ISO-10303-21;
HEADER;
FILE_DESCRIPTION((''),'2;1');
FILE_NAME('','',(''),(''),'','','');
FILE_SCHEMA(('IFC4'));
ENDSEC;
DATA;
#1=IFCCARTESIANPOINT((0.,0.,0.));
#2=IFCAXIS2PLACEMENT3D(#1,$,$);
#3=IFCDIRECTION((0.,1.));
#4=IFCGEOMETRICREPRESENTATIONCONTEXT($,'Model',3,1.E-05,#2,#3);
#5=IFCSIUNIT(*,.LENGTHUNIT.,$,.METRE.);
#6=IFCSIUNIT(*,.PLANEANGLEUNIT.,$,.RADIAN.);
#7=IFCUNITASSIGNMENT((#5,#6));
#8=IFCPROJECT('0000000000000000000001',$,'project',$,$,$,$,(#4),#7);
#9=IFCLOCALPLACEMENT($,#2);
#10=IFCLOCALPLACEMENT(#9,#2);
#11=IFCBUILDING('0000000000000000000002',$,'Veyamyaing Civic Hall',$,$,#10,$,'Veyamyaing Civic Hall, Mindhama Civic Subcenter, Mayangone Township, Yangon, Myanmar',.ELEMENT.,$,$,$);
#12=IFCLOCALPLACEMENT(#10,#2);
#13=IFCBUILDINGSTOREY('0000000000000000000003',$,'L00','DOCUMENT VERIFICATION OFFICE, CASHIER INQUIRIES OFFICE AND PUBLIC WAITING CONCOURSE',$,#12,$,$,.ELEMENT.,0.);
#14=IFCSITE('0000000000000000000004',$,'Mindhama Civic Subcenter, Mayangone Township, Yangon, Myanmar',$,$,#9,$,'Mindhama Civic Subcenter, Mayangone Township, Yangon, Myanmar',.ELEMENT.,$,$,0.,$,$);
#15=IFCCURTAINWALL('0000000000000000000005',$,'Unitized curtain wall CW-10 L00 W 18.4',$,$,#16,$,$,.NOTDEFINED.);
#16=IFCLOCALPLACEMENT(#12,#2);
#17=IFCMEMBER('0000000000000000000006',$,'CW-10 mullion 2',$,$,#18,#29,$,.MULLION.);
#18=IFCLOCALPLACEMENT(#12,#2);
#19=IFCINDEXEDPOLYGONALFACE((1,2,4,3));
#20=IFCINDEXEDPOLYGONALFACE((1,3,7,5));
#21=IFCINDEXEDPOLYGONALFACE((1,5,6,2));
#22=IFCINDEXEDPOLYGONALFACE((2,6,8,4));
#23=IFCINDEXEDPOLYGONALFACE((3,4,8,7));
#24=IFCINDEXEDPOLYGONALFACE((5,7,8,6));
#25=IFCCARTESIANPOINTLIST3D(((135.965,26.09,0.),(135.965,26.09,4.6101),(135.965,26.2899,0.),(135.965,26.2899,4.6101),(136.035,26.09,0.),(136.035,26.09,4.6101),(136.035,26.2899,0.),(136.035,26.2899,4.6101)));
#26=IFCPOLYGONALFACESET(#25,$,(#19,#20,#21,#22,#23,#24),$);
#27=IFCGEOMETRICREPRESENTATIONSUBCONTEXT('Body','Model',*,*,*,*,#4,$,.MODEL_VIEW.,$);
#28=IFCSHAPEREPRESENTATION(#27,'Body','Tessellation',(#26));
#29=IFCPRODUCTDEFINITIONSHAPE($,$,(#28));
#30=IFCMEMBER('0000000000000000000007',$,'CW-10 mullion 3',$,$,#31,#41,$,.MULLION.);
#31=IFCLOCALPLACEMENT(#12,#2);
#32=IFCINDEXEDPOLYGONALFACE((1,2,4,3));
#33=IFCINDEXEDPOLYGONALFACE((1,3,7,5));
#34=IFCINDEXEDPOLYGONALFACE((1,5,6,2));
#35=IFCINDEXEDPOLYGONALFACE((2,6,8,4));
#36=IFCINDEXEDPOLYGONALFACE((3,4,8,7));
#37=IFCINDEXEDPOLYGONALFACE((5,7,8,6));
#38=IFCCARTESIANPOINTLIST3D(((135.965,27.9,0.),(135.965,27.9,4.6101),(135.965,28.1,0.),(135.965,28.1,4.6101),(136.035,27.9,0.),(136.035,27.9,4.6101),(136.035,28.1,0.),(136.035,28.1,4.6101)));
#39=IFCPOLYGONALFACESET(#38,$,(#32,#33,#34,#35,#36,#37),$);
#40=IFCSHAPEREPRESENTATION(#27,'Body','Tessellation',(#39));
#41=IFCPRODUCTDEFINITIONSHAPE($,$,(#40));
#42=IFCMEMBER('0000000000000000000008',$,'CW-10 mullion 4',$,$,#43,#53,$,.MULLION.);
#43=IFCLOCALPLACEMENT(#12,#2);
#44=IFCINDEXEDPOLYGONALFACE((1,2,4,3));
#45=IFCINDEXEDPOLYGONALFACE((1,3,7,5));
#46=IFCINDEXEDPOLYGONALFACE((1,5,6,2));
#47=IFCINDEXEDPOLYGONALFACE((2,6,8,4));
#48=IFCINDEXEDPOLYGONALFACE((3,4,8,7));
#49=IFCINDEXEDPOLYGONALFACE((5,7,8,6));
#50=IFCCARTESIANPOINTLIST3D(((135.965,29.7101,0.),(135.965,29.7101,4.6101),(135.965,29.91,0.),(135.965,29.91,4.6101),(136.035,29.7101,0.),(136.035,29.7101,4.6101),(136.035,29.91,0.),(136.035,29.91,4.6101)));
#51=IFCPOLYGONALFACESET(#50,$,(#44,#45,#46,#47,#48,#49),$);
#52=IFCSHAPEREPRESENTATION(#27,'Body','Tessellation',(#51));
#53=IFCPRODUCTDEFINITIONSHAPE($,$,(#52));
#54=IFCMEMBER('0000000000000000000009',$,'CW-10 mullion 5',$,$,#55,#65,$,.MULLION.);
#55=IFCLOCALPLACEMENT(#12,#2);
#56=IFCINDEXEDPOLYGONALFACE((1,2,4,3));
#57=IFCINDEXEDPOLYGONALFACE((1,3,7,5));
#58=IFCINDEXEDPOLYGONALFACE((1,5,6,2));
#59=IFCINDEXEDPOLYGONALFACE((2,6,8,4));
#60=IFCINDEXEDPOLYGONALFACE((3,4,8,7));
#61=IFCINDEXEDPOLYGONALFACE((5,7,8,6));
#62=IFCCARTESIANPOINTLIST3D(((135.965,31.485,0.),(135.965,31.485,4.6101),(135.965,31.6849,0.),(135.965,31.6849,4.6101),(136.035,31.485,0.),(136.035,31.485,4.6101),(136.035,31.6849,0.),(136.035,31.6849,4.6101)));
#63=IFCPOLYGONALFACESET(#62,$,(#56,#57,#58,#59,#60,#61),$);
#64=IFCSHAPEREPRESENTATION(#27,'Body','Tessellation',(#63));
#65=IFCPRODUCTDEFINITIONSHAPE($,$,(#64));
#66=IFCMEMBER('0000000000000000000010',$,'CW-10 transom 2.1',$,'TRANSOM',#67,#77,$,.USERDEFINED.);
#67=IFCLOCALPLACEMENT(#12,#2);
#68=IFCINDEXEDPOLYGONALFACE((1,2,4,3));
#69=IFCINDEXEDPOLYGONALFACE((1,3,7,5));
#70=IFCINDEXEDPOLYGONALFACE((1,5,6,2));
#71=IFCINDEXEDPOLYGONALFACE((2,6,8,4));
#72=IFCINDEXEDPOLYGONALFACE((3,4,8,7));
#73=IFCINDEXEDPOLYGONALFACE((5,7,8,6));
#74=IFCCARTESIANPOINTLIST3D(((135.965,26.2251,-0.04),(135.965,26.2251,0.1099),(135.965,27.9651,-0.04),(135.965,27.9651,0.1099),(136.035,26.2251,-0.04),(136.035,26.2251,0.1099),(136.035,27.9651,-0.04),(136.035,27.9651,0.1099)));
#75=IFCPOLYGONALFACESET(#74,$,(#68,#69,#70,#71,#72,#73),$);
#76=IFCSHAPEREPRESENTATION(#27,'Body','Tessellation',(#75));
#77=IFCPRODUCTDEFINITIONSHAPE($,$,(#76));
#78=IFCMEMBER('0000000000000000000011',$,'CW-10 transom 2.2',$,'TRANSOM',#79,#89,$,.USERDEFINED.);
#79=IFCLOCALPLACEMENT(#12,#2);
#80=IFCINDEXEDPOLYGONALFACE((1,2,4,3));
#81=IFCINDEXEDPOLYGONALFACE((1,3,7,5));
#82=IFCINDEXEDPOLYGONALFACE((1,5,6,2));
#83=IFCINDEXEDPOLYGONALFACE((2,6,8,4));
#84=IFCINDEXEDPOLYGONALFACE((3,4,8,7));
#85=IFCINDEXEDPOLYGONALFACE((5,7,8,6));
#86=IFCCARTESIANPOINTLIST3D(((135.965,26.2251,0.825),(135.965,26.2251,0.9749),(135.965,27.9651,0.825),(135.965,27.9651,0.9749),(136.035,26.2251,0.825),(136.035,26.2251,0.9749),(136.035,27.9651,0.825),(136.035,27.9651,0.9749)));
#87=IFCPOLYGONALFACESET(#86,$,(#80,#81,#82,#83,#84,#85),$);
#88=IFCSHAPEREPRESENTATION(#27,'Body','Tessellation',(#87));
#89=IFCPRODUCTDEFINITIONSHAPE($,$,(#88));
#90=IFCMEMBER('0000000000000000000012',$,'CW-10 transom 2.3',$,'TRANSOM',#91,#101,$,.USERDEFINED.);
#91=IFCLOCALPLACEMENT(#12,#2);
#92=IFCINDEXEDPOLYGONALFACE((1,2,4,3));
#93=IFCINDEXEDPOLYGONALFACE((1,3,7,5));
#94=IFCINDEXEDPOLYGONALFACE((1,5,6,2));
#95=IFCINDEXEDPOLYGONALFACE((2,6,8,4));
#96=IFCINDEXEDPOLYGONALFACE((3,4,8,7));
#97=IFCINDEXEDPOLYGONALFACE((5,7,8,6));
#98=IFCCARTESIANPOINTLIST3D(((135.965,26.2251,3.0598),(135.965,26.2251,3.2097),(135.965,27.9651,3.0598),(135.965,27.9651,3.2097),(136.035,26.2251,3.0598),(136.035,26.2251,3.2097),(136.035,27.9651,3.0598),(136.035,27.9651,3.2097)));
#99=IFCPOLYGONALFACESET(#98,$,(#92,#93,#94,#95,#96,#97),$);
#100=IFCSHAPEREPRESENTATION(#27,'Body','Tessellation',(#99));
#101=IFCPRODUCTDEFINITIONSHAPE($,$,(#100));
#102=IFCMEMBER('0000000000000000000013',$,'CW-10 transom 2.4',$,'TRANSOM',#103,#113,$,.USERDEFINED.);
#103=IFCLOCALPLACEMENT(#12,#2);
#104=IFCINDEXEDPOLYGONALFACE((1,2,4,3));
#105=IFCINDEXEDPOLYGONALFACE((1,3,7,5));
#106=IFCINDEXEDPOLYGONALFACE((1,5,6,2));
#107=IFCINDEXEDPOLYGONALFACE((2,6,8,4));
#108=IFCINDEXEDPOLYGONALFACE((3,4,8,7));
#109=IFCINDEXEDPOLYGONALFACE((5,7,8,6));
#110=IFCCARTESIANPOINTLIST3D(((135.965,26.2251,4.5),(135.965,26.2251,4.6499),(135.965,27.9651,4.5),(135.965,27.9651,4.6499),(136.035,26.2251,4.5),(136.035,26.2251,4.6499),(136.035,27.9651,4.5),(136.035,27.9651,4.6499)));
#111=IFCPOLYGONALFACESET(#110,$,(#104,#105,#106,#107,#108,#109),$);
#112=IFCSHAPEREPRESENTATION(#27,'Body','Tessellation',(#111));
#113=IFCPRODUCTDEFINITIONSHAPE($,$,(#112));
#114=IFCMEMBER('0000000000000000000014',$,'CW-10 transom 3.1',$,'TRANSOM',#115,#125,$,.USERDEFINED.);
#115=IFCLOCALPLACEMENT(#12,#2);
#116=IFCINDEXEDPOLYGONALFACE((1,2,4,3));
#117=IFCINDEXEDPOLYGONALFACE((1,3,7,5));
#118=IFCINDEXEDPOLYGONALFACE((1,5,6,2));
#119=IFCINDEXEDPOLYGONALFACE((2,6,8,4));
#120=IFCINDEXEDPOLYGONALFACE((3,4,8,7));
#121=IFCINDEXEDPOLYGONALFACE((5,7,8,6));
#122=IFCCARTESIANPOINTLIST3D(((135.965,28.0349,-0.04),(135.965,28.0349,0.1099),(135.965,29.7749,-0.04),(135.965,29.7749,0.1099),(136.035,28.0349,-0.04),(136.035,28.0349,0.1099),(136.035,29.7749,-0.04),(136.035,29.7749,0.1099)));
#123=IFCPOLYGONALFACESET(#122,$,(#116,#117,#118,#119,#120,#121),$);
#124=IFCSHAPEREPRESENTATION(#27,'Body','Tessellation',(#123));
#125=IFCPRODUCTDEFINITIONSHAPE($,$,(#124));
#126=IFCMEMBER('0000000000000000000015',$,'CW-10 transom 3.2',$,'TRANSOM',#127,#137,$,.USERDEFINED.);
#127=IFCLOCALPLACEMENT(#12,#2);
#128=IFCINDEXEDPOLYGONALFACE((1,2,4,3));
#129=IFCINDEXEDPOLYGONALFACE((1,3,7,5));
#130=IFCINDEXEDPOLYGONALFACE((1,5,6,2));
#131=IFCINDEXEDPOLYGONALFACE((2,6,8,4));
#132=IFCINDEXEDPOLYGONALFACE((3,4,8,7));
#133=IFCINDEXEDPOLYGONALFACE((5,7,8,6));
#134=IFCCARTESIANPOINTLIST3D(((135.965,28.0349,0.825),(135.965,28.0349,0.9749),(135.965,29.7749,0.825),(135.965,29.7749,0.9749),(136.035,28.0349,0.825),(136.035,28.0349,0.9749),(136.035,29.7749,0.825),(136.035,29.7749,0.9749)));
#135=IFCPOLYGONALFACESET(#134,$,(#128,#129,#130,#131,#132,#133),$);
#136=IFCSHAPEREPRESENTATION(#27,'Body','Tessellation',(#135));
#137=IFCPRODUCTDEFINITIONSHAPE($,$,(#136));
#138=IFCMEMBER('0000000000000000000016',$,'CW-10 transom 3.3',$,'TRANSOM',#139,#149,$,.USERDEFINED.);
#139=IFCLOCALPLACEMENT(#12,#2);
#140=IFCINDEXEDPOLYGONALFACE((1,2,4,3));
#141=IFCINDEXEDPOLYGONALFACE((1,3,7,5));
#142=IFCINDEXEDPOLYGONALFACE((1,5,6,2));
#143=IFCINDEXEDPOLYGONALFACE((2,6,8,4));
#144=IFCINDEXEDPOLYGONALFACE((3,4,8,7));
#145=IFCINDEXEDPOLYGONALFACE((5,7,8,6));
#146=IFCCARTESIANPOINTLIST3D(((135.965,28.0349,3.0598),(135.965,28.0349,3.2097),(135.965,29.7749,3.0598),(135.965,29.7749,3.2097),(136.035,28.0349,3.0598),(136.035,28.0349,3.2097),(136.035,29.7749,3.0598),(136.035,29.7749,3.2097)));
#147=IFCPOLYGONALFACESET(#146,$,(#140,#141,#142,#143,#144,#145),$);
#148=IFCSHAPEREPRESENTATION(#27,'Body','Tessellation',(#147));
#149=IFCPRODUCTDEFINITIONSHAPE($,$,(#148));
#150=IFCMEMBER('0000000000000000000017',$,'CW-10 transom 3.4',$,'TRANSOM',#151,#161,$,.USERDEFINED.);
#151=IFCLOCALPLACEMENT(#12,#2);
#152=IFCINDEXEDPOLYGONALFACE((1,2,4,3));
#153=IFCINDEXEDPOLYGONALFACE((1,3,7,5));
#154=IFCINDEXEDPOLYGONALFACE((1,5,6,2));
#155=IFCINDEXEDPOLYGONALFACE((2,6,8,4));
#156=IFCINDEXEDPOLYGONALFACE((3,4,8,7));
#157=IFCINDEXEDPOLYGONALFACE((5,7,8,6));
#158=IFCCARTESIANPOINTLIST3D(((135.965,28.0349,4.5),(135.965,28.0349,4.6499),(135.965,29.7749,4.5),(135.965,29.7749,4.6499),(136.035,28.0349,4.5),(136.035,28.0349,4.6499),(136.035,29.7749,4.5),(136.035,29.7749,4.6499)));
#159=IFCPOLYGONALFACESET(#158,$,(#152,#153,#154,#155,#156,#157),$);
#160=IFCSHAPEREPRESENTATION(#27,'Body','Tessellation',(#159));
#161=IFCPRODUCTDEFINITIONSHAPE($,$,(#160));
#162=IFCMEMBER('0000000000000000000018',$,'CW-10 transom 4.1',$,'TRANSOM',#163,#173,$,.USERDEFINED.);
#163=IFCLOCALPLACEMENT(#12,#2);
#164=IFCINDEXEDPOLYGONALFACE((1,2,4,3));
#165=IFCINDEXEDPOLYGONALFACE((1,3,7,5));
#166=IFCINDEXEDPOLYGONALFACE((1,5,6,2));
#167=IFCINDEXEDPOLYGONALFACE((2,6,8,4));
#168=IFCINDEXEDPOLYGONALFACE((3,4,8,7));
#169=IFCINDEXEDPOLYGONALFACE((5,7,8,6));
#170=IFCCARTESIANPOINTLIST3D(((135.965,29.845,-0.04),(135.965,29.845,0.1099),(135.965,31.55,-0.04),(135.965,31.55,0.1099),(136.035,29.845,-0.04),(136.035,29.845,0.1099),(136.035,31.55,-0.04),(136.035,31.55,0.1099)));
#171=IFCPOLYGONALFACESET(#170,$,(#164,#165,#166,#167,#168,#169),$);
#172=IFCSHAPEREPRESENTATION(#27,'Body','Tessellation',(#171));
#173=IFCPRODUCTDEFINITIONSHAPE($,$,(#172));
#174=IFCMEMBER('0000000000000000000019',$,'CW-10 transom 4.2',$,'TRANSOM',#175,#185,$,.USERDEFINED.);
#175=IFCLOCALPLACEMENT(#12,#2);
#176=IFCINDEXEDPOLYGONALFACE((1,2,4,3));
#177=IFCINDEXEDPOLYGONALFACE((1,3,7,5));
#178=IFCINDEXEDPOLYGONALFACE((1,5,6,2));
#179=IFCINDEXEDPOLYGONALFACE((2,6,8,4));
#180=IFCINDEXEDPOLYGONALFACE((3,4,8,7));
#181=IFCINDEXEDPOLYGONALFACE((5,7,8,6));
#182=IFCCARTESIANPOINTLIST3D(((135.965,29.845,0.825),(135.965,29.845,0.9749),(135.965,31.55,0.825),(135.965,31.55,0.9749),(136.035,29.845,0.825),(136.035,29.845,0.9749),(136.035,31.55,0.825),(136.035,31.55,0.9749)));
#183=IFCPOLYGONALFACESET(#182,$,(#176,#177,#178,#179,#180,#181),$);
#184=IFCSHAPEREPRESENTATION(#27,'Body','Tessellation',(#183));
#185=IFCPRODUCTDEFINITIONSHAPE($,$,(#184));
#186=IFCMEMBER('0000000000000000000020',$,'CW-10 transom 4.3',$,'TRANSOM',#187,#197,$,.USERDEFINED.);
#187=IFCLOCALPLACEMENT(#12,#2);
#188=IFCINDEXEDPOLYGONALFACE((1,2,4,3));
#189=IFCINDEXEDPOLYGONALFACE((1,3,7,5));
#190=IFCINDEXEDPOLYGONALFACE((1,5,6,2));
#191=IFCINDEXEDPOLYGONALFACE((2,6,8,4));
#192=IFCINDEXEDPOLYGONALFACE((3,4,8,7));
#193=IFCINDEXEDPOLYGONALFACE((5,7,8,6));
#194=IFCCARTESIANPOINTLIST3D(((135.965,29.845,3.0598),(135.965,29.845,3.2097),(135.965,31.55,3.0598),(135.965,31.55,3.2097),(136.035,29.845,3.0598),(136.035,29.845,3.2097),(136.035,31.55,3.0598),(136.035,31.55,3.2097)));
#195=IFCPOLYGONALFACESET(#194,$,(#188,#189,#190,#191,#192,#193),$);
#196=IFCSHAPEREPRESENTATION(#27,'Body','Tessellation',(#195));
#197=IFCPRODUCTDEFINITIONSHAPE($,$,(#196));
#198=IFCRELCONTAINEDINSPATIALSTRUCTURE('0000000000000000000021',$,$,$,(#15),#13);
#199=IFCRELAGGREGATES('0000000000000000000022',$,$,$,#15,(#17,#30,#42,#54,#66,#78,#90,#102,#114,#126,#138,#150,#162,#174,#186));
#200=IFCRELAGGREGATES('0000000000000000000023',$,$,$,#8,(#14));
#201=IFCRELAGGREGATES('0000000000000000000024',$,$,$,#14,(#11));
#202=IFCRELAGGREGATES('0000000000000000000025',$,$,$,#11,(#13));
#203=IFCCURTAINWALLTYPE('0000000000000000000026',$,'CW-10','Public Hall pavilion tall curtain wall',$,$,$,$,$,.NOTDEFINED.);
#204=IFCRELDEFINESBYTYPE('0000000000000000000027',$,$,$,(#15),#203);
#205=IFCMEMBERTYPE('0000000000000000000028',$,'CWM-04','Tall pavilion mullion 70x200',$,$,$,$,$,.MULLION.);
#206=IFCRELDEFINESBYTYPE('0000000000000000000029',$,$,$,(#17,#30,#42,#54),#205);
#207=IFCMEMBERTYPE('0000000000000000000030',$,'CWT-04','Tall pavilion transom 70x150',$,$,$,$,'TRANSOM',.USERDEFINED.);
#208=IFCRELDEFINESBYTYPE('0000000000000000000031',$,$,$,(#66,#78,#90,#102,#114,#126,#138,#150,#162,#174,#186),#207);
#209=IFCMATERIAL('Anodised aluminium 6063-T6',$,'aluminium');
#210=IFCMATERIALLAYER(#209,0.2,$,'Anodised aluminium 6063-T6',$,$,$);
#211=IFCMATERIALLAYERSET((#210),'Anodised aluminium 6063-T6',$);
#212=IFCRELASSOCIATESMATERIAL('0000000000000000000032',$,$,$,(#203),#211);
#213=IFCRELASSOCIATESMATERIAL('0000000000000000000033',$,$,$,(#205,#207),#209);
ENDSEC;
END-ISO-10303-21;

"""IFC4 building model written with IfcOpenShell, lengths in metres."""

from ifc_helpers import new_model, si_unit, direction, frame, origin, origin_2d, place, context, subcontext, project, spatial, rectangle, extrude, material, layer, layer_set, material_profile, profile_set, type_object, element, aggregate, save


model = new_model("IFC4")

# Units and contexts
model_context = context("Model", 3, precision=1e-05, world=origin(), true_north=direction((0.0, 1.0)))
body_context = subcontext(model_context, "Body", "Model", "MODEL_VIEW")
ifc_project = project(units=[si_unit("LENGTHUNIT", "METRE"), si_unit("PLANEANGLEUNIT", "RADIAN")], contexts=[model_context])

# Site, building, storey
site_placement = place(None, origin())
site = spatial("IfcSite", under=ifc_project, at=site_placement, Name="Mindhama Civic Subcenter, Mayangone Township, Yangon, Myanmar", LongName="Mindhama Civic Subcenter, Mayangone Township, Yangon, Myanmar", CompositionType="ELEMENT", RefElevation=0.0)
building_placement = place(site_placement, origin())
building = spatial("IfcBuilding", under=site, at=building_placement, Name="Veyamyaing Civic Hall", LongName="Veyamyaing Civic Hall, Mindhama Civic Subcenter, Mayangone Township, Yangon, Myanmar", CompositionType="ELEMENT")
storey_placement = place(building_placement, origin())
storey = spatial("IfcBuildingStorey", under=building, at=storey_placement, Name="L00", Description="DOCUMENT VERIFICATION OFFICE, CASHIER INQUIRIES OFFICE AND PUBLIC WAITING CONCOURSE", CompositionType="ELEMENT", Elevation=0.0)

# Curtain wall, members
ifc_material_1 = material(Name="Anodised aluminium 6063-T6", Category="aluminium")
ifc_layer_1 = layer(ifc_material_1, 0.2, Name="Anodised aluminium 6063-T6")
ifc_layer_set_1 = layer_set([ifc_layer_1], Name="Anodised aluminium 6063-T6")
curtain_wall_type = type_object("IfcCurtainWallType", Name="CW-10", Description="Public Hall pavilion tall curtain wall", PredefinedType="NOTDEFINED", material=ifc_layer_set_1)
curtain_wall_placement = place(storey_placement, origin())
curtain_wall = element("IfcCurtainWall", 1, at=curtain_wall_placement, inside=storey, type_object=curtain_wall_type, Name="Unitized curtain wall CW-10 L00 W 18.4", PredefinedType="NOTDEFINED")
ifc_material_profile_1 = material_profile(ifc_material_1, rectangle(XDim=0.0701, YDim=0.2, at=origin_2d()), Name="ALU-MUL-70X200")
ifc_profile_set_1 = profile_set([ifc_material_profile_1], Name="Anodised aluminium 6063-T6")
member_type_1 = type_object("IfcMemberType", Name="CWM-04", Description="Tall pavilion mullion 70x200", PredefinedType="MULLION", material=ifc_profile_set_1)
member_1_placement = place(storey_placement, frame((136.0, 26.1899, 0.0), z_axis=(0.0, 0.0, 1.0), x_axis=(-1.0, 0.0, 0.0)))
member_1 = element("IfcMember", 2, at=member_1_placement, type_object=member_type_1, Name="CW-10 mullion 2", PredefinedType="MULLION", context=body_context, shape_type="SweptSolid", body=[
    extrude(rectangle(XDim=0.0701, YDim=0.2, at=origin_2d()), origin(), (0.0, 0.0, 1.0), 4.6101),
])
member_2_placement = place(storey_placement, frame((136.0, 28.0, 0.0), z_axis=(0.0, 0.0, 1.0), x_axis=(-1.0, 0.0, 0.0)))
member_2 = element("IfcMember", 3, at=member_2_placement, type_object=member_type_1, Name="CW-10 mullion 3", PredefinedType="MULLION", context=body_context, shape_type="SweptSolid", body=[
    extrude(rectangle(XDim=0.0701, YDim=0.2, at=origin_2d()), origin(), (0.0, 0.0, 1.0), 4.6101),
])
member_3_placement = place(storey_placement, frame((136.0, 29.8101, 0.0), z_axis=(0.0, 0.0, 1.0), x_axis=(-1.0, 0.0, 0.0)))
member_3 = element("IfcMember", 4, at=member_3_placement, type_object=member_type_1, Name="CW-10 mullion 4", PredefinedType="MULLION", context=body_context, shape_type="SweptSolid", body=[
    extrude(rectangle(XDim=0.0701, YDim=0.2, at=origin_2d()), origin(), (0.0, 0.0, 1.0), 4.6101),
])
member_4_placement = place(storey_placement, frame((136.0, 31.585, 0.0), z_axis=(0.0, 0.0, 1.0), x_axis=(-1.0, 0.0, 0.0)))
member_4 = element("IfcMember", 5, at=member_4_placement, type_object=member_type_1, Name="CW-10 mullion 5", PredefinedType="MULLION", context=body_context, shape_type="SweptSolid", body=[
    extrude(rectangle(XDim=0.0701, YDim=0.2, at=origin_2d()), origin(), (0.0, 0.0, 1.0), 4.6101),
])
ifc_material_profile_2 = material_profile(ifc_material_1, rectangle(XDim=0.0701, YDim=0.1499, at=origin_2d()), Name="ALU-TRN-70X150")
ifc_profile_set_2 = profile_set([ifc_material_profile_2], Name="Anodised aluminium 6063-T6")
member_type_2 = type_object("IfcMemberType", Name="CWT-04", Description="Tall pavilion transom 70x150", ElementType="TRANSOM", PredefinedType="USERDEFINED", material=ifc_profile_set_2)
member_5_placement = place(storey_placement, frame((136.0, 26.2251, 0.0349), z_axis=(0.0, 1.0, 0.0), x_axis=(-1.0, 0.0, 0.0)))
member_5 = element("IfcMember", 6, at=member_5_placement, type_object=member_type_2, Name="CW-10 transom 2.1", ObjectType="TRANSOM", PredefinedType="USERDEFINED", context=body_context, shape_type="SweptSolid", body=[
    extrude(rectangle(XDim=0.0701, YDim=0.1499, at=origin_2d()), origin(), (0.0, 0.0, 1.0), 1.74),
])
member_6_placement = place(storey_placement, frame((136.0, 26.2251, 0.8999), z_axis=(0.0, 1.0, 0.0), x_axis=(-1.0, 0.0, 0.0)))
member_6 = element("IfcMember", 7, at=member_6_placement, type_object=member_type_2, Name="CW-10 transom 2.2", ObjectType="TRANSOM", PredefinedType="USERDEFINED", context=body_context, shape_type="SweptSolid", body=[
    extrude(rectangle(XDim=0.0701, YDim=0.1499, at=origin_2d()), origin(), (0.0, 0.0, 1.0), 1.74),
])
member_7_placement = place(storey_placement, frame((136.0, 26.2251, 3.1348), z_axis=(0.0, 1.0, 0.0), x_axis=(-1.0, 0.0, 0.0)))
member_7 = element("IfcMember", 8, at=member_7_placement, type_object=member_type_2, Name="CW-10 transom 2.3", ObjectType="TRANSOM", PredefinedType="USERDEFINED", context=body_context, shape_type="SweptSolid", body=[
    extrude(rectangle(XDim=0.0701, YDim=0.1499, at=origin_2d()), origin(), (0.0, 0.0, 1.0), 1.74),
])
member_8_placement = place(storey_placement, frame((136.0, 26.2251, 4.575), z_axis=(0.0, 1.0, 0.0), x_axis=(-1.0, 0.0, 0.0)))
member_8 = element("IfcMember", 9, at=member_8_placement, type_object=member_type_2, Name="CW-10 transom 2.4", ObjectType="TRANSOM", PredefinedType="USERDEFINED", context=body_context, shape_type="SweptSolid", body=[
    extrude(rectangle(XDim=0.0701, YDim=0.1499, at=origin_2d()), origin(), (0.0, 0.0, 1.0), 1.74),
])
member_9_placement = place(storey_placement, frame((136.0, 28.0349, 0.0349), z_axis=(0.0, 1.0, 0.0), x_axis=(-1.0, 0.0, 0.0)))
member_9 = element("IfcMember", 10, at=member_9_placement, type_object=member_type_2, Name="CW-10 transom 3.1", ObjectType="TRANSOM", PredefinedType="USERDEFINED", context=body_context, shape_type="SweptSolid", body=[
    extrude(rectangle(XDim=0.0701, YDim=0.1499, at=origin_2d()), origin(), (0.0, 0.0, 1.0), 1.74),
])
member_10_placement = place(storey_placement, frame((136.0, 28.0349, 0.8999), z_axis=(0.0, 1.0, 0.0), x_axis=(-1.0, 0.0, 0.0)))
member_10 = element("IfcMember", 11, at=member_10_placement, type_object=member_type_2, Name="CW-10 transom 3.2", ObjectType="TRANSOM", PredefinedType="USERDEFINED", context=body_context, shape_type="SweptSolid", body=[
    extrude(rectangle(XDim=0.0701, YDim=0.1499, at=origin_2d()), origin(), (0.0, 0.0, 1.0), 1.74),
])
member_11_placement = place(storey_placement, frame((136.0, 28.0349, 3.1348), z_axis=(0.0, 1.0, 0.0), x_axis=(-1.0, 0.0, 0.0)))
member_11 = element("IfcMember", 12, at=member_11_placement, type_object=member_type_2, Name="CW-10 transom 3.3", ObjectType="TRANSOM", PredefinedType="USERDEFINED", context=body_context, shape_type="SweptSolid", body=[
    extrude(rectangle(XDim=0.0701, YDim=0.1499, at=origin_2d()), origin(), (0.0, 0.0, 1.0), 1.74),
])
member_12_placement = place(storey_placement, frame((136.0, 28.0349, 4.575), z_axis=(0.0, 1.0, 0.0), x_axis=(-1.0, 0.0, 0.0)))
member_12 = element("IfcMember", 13, at=member_12_placement, type_object=member_type_2, Name="CW-10 transom 3.4", ObjectType="TRANSOM", PredefinedType="USERDEFINED", context=body_context, shape_type="SweptSolid", body=[
    extrude(rectangle(XDim=0.0701, YDim=0.1499, at=origin_2d()), origin(), (0.0, 0.0, 1.0), 1.74),
])
member_13_placement = place(storey_placement, frame((136.0, 29.845, 0.0349), z_axis=(0.0, 1.0, 0.0), x_axis=(-1.0, 0.0, 0.0)))
member_13 = element("IfcMember", 14, at=member_13_placement, type_object=member_type_2, Name="CW-10 transom 4.1", ObjectType="TRANSOM", PredefinedType="USERDEFINED", context=body_context, shape_type="SweptSolid", body=[
    extrude(rectangle(XDim=0.0701, YDim=0.1499, at=origin_2d()), origin(), (0.0, 0.0, 1.0), 1.7051),
])
member_14_placement = place(storey_placement, frame((136.0, 29.845, 0.8999), z_axis=(0.0, 1.0, 0.0), x_axis=(-1.0, 0.0, 0.0)))
member_14 = element("IfcMember", 15, at=member_14_placement, type_object=member_type_2, Name="CW-10 transom 4.2", ObjectType="TRANSOM", PredefinedType="USERDEFINED", context=body_context, shape_type="SweptSolid", body=[
    extrude(rectangle(XDim=0.0701, YDim=0.1499, at=origin_2d()), origin(), (0.0, 0.0, 1.0), 1.7051),
])
member_15_placement = place(storey_placement, frame((136.0, 29.845, 3.1348), z_axis=(0.0, 1.0, 0.0), x_axis=(-1.0, 0.0, 0.0)))
member_15 = element("IfcMember", 16, at=member_15_placement, type_object=member_type_2, Name="CW-10 transom 4.3", ObjectType="TRANSOM", PredefinedType="USERDEFINED", context=body_context, shape_type="SweptSolid", body=[
    extrude(rectangle(XDim=0.0701, YDim=0.1499, at=origin_2d()), origin(), (0.0, 0.0, 1.0), 1.7051),
])

aggregate(curtain_wall, [member_1, member_2, member_3, member_4, member_5, member_6, member_7, member_8, member_9, member_10, member_11, member_12, member_13, member_14, member_15])

save(model, "model.ifc")
